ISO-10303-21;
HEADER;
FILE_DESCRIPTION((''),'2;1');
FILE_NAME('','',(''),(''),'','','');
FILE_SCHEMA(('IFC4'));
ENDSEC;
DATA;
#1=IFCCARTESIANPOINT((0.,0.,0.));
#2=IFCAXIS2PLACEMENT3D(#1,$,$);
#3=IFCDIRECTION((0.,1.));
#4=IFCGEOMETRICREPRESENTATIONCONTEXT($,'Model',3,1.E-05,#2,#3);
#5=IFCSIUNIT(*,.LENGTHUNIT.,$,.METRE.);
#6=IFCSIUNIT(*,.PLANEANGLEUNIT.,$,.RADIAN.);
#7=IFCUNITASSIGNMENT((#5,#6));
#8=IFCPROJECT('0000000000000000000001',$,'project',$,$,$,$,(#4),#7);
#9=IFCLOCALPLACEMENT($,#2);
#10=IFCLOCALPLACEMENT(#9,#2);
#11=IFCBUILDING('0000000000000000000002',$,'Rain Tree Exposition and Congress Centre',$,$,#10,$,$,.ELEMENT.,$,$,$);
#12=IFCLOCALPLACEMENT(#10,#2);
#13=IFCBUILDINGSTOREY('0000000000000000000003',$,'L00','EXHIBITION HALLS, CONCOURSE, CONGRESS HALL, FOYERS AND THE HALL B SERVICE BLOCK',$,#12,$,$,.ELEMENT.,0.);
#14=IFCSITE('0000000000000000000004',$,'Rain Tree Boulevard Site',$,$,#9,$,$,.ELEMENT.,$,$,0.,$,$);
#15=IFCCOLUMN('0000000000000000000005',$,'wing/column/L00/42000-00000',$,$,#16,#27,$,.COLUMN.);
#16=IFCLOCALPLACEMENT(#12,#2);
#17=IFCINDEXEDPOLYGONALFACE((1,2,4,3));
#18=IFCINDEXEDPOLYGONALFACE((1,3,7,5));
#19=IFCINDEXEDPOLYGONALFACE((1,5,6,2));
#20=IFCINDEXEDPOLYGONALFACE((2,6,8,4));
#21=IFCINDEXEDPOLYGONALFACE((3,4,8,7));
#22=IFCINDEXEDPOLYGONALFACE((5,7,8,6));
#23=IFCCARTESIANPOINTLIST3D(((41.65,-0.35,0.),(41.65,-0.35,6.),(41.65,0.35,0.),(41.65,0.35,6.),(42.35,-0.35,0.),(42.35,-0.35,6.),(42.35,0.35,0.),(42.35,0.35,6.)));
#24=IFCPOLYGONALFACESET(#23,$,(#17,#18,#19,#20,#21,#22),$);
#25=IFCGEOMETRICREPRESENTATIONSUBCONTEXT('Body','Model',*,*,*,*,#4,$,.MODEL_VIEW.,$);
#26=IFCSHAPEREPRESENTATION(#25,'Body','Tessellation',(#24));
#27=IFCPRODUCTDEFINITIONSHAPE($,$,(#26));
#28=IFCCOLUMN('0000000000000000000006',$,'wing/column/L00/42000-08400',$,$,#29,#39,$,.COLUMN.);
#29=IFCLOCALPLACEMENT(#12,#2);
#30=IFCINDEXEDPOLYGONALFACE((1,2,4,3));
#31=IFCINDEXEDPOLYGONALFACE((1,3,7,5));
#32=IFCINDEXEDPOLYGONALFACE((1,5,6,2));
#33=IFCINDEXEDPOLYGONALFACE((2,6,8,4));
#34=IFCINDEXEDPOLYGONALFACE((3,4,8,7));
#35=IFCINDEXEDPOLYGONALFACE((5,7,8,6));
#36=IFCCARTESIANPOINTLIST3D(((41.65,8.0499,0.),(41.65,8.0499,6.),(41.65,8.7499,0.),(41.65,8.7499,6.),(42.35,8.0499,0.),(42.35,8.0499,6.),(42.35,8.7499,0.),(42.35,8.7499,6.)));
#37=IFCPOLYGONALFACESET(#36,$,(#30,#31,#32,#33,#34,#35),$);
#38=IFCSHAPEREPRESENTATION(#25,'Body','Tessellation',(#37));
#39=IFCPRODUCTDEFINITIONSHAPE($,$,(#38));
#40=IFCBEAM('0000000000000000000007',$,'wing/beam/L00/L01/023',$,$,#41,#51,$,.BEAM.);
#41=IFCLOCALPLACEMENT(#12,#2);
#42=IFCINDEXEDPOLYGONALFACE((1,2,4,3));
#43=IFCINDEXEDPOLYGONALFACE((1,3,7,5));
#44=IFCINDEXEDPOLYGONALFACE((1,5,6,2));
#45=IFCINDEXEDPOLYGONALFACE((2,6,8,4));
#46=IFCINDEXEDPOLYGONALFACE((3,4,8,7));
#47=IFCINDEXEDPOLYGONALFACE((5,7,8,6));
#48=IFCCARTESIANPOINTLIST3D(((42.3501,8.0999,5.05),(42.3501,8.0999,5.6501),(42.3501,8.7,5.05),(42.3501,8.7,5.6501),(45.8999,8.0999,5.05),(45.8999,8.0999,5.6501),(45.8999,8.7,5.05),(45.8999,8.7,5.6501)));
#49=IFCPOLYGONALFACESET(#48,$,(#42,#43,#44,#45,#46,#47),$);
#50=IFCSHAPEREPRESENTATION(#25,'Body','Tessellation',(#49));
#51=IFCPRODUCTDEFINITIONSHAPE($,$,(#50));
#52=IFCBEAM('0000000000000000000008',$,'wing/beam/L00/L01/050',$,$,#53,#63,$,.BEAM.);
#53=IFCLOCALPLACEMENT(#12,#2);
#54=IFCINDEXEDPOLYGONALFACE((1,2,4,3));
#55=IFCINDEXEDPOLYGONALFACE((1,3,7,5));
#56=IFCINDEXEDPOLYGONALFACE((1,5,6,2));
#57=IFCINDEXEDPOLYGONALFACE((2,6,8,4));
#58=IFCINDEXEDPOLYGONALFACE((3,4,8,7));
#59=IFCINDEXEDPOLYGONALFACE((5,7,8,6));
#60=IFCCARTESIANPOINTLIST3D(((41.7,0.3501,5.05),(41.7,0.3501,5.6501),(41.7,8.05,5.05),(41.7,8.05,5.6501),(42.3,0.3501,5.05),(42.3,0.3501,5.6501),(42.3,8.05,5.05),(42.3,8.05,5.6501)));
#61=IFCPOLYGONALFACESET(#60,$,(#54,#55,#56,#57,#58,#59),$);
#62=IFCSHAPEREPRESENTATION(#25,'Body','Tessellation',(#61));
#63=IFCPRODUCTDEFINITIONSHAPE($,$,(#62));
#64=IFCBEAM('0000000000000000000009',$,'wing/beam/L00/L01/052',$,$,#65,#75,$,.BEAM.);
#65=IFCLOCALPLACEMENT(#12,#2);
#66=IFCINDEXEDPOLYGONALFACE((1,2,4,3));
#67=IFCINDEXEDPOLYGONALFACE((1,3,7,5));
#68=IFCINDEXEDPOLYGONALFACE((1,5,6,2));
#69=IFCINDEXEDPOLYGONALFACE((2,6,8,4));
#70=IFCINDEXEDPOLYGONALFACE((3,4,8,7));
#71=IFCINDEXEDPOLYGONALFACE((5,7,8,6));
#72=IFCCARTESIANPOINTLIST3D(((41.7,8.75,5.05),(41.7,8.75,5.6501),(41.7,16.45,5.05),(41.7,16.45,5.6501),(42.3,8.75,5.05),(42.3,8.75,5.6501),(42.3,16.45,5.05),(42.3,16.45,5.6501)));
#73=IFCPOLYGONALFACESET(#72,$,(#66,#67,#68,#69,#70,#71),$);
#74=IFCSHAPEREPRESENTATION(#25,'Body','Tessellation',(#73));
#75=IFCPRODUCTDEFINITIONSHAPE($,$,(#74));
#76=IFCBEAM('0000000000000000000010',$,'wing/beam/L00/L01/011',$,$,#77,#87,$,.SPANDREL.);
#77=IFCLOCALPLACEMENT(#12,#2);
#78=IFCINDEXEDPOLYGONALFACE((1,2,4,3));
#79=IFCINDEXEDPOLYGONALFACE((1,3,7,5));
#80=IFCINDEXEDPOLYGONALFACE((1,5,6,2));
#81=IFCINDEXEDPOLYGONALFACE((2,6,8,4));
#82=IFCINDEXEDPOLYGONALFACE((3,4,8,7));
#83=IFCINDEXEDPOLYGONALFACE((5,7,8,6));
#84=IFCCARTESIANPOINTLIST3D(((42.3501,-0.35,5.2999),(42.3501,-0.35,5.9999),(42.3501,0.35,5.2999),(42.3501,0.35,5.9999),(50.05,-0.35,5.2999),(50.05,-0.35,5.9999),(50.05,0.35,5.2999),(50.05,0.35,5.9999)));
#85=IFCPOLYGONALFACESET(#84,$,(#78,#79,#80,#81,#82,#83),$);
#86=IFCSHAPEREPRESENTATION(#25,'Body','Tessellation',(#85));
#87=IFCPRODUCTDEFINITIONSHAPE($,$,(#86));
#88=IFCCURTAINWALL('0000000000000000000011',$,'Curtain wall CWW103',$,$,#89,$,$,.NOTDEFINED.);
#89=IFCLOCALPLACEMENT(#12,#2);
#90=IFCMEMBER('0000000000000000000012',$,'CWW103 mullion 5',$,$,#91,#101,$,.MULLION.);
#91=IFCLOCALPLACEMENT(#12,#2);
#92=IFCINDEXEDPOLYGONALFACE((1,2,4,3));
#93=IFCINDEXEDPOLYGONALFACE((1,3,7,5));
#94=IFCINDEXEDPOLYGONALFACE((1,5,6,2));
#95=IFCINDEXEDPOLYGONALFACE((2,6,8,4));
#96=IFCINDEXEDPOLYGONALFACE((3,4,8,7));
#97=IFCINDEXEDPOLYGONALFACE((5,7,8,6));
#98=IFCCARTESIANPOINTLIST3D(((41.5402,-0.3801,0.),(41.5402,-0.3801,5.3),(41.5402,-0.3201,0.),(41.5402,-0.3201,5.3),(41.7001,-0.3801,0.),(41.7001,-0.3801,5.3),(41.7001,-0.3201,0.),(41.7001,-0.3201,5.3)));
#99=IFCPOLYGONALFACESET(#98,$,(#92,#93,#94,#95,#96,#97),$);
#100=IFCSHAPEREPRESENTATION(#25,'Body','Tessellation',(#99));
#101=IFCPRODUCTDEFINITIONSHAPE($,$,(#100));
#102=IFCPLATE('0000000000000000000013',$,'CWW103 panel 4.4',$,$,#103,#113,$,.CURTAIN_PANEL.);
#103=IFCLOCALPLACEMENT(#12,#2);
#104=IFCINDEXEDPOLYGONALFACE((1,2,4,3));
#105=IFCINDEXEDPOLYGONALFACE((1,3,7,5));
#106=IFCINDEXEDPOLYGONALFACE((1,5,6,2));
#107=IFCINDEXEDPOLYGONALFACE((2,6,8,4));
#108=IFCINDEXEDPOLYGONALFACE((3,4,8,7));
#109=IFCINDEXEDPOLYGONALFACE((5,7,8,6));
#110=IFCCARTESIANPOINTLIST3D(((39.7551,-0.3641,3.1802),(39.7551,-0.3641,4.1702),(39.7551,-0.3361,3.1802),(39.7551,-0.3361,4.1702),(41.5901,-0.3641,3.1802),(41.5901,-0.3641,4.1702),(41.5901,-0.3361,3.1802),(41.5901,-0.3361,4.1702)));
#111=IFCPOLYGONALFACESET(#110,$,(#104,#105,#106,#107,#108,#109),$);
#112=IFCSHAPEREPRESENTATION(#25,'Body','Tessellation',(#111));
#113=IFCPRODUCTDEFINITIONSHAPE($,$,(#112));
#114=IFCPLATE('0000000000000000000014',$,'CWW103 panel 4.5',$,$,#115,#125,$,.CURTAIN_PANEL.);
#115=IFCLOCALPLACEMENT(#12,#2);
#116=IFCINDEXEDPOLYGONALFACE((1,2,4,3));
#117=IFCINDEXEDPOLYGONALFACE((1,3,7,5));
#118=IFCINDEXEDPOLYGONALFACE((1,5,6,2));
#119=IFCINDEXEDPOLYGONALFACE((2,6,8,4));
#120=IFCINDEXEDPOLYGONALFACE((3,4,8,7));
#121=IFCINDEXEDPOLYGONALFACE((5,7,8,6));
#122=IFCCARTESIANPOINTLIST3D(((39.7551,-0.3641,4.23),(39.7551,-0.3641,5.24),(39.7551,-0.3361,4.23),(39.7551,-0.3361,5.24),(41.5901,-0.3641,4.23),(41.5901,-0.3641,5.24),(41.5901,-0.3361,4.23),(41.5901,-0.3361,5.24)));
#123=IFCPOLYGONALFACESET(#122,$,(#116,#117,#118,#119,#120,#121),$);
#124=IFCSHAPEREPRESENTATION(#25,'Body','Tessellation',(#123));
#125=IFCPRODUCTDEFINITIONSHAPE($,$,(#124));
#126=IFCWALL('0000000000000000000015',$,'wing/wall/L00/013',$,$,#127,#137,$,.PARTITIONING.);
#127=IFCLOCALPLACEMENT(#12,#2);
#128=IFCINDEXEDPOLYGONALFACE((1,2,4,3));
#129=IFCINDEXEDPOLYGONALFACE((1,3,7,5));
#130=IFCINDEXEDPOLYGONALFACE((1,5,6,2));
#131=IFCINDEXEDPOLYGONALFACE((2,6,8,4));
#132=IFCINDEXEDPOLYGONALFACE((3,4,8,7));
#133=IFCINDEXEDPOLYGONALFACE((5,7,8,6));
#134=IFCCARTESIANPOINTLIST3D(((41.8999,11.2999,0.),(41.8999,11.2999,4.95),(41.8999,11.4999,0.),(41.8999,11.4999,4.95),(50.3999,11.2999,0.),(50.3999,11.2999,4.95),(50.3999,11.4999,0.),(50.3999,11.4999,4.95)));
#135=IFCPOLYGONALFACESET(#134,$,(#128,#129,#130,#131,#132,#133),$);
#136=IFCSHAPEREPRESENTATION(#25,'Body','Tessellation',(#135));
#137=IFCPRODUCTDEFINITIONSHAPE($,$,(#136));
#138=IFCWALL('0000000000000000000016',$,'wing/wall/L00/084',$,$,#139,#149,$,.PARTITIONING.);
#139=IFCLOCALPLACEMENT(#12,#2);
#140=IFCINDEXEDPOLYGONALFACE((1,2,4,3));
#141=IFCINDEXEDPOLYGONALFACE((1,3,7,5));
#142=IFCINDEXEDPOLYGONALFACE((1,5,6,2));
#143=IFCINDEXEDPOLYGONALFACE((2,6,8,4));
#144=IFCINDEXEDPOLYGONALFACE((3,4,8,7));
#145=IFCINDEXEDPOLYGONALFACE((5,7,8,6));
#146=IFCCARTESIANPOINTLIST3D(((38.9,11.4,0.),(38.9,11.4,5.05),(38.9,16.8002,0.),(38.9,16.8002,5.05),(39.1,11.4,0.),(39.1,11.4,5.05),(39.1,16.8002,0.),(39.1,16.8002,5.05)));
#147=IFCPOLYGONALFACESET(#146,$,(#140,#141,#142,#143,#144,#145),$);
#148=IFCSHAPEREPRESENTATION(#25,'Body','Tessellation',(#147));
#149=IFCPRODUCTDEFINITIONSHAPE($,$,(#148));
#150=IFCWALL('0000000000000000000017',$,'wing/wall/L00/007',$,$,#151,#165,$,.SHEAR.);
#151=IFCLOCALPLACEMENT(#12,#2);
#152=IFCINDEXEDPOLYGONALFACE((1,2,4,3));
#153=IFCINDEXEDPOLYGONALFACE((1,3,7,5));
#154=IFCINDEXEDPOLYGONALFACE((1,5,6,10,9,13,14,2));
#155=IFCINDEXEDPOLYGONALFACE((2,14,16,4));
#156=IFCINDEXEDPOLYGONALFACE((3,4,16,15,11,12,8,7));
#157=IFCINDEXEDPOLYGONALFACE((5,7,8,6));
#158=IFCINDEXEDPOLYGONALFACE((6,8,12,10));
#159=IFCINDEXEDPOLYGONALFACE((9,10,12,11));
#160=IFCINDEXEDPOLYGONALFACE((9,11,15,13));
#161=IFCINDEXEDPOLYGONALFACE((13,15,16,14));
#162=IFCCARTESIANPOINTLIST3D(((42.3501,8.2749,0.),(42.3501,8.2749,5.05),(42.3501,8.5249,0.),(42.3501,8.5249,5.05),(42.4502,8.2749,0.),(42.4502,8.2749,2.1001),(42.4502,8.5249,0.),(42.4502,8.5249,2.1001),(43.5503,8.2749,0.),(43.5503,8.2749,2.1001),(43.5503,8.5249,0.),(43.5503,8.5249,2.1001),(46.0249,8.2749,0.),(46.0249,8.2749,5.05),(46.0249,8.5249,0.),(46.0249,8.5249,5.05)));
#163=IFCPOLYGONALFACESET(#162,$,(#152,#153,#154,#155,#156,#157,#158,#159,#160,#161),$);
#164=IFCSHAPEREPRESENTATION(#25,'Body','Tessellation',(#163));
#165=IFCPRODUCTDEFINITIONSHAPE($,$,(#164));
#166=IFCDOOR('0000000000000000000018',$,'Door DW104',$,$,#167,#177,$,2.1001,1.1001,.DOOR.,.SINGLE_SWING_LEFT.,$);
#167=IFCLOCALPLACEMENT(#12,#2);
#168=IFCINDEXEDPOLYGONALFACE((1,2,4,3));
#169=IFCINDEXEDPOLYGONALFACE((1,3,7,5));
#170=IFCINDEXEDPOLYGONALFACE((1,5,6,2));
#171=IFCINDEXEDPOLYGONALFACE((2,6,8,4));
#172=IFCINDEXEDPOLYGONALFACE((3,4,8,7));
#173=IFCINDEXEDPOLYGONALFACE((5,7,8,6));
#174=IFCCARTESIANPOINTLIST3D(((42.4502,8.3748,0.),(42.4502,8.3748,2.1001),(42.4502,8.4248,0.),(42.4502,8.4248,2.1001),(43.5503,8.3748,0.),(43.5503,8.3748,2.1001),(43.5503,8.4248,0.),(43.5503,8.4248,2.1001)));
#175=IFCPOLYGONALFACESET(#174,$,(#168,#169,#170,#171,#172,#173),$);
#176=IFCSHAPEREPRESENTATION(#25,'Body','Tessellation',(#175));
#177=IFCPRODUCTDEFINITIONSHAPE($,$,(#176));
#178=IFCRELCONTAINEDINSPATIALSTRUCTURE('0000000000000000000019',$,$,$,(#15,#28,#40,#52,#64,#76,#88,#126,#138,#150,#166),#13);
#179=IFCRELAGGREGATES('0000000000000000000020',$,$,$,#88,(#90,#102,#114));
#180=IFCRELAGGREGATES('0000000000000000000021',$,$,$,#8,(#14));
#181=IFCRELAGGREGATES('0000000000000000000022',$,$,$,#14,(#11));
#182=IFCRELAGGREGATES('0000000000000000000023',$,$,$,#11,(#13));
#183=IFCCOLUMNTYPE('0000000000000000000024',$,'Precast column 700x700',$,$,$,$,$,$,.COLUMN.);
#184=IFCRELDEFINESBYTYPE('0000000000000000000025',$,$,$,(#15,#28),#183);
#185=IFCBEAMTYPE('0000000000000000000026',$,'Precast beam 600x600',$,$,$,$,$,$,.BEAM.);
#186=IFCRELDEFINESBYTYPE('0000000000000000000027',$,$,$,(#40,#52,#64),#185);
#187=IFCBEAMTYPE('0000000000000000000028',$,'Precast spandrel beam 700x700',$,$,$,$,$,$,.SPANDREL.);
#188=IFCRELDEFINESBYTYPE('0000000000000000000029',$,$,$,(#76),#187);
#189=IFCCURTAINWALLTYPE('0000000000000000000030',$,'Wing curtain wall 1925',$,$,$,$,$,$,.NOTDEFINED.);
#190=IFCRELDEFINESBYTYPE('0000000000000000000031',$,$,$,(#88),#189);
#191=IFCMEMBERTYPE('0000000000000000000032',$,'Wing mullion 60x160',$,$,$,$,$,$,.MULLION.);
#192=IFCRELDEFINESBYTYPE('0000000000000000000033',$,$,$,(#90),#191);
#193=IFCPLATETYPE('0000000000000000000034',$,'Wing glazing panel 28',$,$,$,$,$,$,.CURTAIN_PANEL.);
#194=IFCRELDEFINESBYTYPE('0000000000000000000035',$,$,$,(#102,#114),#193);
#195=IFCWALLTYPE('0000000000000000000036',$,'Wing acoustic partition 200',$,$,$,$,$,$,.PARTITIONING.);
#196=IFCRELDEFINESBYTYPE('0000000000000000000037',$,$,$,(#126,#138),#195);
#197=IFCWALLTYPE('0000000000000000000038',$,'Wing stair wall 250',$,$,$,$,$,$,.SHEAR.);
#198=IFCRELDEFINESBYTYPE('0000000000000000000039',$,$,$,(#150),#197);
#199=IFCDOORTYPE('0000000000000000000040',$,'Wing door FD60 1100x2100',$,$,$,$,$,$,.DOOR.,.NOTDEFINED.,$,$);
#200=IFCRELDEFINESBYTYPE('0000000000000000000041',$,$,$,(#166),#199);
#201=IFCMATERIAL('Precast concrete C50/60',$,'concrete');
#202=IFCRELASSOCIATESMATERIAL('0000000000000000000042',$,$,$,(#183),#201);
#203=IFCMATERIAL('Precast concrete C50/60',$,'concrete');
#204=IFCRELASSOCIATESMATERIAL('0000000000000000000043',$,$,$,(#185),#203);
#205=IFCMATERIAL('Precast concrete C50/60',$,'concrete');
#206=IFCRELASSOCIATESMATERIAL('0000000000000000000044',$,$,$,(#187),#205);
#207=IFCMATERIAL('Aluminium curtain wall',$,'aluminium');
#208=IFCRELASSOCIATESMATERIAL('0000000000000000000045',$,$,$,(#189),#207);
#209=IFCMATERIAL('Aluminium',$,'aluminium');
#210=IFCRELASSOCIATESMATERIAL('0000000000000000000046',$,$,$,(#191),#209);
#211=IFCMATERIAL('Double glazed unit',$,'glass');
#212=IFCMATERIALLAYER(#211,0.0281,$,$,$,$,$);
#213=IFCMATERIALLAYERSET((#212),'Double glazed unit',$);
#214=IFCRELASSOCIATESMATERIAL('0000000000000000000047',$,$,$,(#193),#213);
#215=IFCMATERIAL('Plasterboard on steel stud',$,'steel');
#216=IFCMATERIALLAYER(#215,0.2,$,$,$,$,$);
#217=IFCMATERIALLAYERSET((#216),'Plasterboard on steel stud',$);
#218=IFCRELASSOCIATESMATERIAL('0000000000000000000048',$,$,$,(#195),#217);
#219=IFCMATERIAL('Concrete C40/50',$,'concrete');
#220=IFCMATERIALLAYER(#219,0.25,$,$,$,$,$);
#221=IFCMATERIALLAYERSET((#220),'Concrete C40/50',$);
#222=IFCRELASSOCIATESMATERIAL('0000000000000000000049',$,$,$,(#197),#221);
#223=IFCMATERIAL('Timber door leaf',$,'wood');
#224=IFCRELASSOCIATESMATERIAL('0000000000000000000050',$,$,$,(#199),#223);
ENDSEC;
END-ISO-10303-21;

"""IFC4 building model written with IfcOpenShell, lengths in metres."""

from ifc_helpers import new_model, si_unit, direction, frame, frame_2d, origin, origin_2d, place, context, subcontext, project, spatial, rectangle, extrude, material, layer, layer_set, material_profile, profile_set, type_object, element, fill, aggregate, save


model = new_model("IFC4")

# Units and contexts
model_context = context("Model", 3, precision=1e-05, world=origin(), true_north=direction((0.0, 1.0)))
body_context = subcontext(model_context, "Body", "Model", "MODEL_VIEW")
ifc_project = project(units=[si_unit("LENGTHUNIT", "METRE"), si_unit("PLANEANGLEUNIT", "RADIAN")], contexts=[model_context])

# Site, building, storey
site_placement = place(None, origin())
site = spatial("IfcSite", under=ifc_project, at=site_placement, Name="Rain Tree Boulevard Site", CompositionType="ELEMENT", RefElevation=0.0)
building_placement = place(site_placement, origin())
building = spatial("IfcBuilding", under=site, at=building_placement, Name="Rain Tree Exposition and Congress Centre", CompositionType="ELEMENT")
storey_placement = place(building_placement, origin())
storey = spatial("IfcBuildingStorey", under=building, at=storey_placement, Name="L00", Description="EXHIBITION HALLS, CONCOURSE, CONGRESS HALL, FOYERS AND THE HALL B SERVICE BLOCK", CompositionType="ELEMENT", Elevation=0.0)

# Columns
ifc_material_1 = material(Name="Precast concrete C50/60", Category="concrete")
ifc_material_profile_1 = material_profile(ifc_material_1, rectangle(XDim=0.7, YDim=0.7, at=origin_2d()), Name="RC 700x700")
ifc_profile_set_1 = profile_set([ifc_material_profile_1], Name="Precast concrete C50/60")
column_type = type_object("IfcColumnType", Name="Precast column 700x700", PredefinedType="COLUMN", material=ifc_profile_set_1)
for number, where, z_axis, x_axis, name in (
    (1, (42.0, 0.0, 0.0), (0.0, 0.0, 1.0), (1.0, 0.0, 0.0), "wing/column/L00/42000-00000"),
    (2, (42.0, 8.3999, 0.0), (0.0, 0.0, 1.0), (1.0, 0.0, 0.0), "wing/column/L00/42000-08400"),
):
    element("IfcColumn", number, at=place(storey_placement, frame(where, z_axis=z_axis, x_axis=x_axis)), inside=storey, type_object=column_type, Name=name, PredefinedType="COLUMN", context=body_context, shape_type="SweptSolid", body=[
        extrude(rectangle(XDim=0.7, YDim=0.7, at=origin_2d()), origin(), (0.0, 0.0, 1.0), 6.0),
    ])

# Beams
ifc_material_2 = material(Name="Precast concrete C50/60", Category="concrete")
ifc_material_profile_2 = material_profile(ifc_material_2, rectangle(XDim=0.6001, YDim=0.6001, at=origin_2d()), Name="RC 600x600")
ifc_profile_set_2 = profile_set([ifc_material_profile_2], Name="Precast concrete C50/60")
beam_type_1 = type_object("IfcBeamType", Name="Precast beam 600x600", PredefinedType="BEAM", material=ifc_profile_set_2)
beam_1_placement = place(storey_placement, frame((42.3501, 8.3999, 5.3501), z_axis=(1.0, 0.0, 0.0), x_axis=(0.0, 1.0, 0.0)))
element("IfcBeam", 3, at=beam_1_placement, inside=storey, type_object=beam_type_1, Name="wing/beam/L00/L01/023", PredefinedType="BEAM", context=body_context, shape_type="SweptSolid", body=[
    extrude(rectangle(XDim=0.6001, YDim=0.6001, at=origin_2d()), origin(), (0.0, 0.0, 1.0), 3.5498),
])
for number, where, z_axis, x_axis, name in (
    (4, (42.0, 0.3501, 5.3501), (0.0, 1.0, 0.0), (-1.0, 0.0, 0.0), "wing/beam/L00/L01/050"),
    (5, (42.0, 8.75, 5.3501), (0.0, 1.0, 0.0), (-1.0, 0.0, 0.0), "wing/beam/L00/L01/052"),
):
    element("IfcBeam", number, at=place(storey_placement, frame(where, z_axis=z_axis, x_axis=x_axis)), inside=storey, type_object=beam_type_1, Name=name, PredefinedType="BEAM", context=body_context, shape_type="SweptSolid", body=[
        extrude(rectangle(XDim=0.6001, YDim=0.6001, at=origin_2d()), origin(), (0.0, 0.0, 1.0), 7.7),
    ])
ifc_material_3 = material(Name="Precast concrete C50/60", Category="concrete")
ifc_material_profile_3 = material_profile(ifc_material_3, rectangle(XDim=0.7, YDim=0.7, at=origin_2d()), Name="RC 700x700")
ifc_profile_set_3 = profile_set([ifc_material_profile_3], Name="Precast concrete C50/60")
beam_type_2 = type_object("IfcBeamType", Name="Precast spandrel beam 700x700", PredefinedType="SPANDREL", material=ifc_profile_set_3)
beam_2_placement = place(storey_placement, frame((42.3501, 0.0, 5.6499), z_axis=(1.0, 0.0, 0.0), x_axis=(0.0, 1.0, 0.0)))
element("IfcBeam", 6, at=beam_2_placement, inside=storey, type_object=beam_type_2, Name="wing/beam/L00/L01/011", PredefinedType="SPANDREL", context=body_context, shape_type="SweptSolid", body=[
    extrude(rectangle(XDim=0.7, YDim=0.7, at=origin_2d()), origin(), (0.0, 0.0, 1.0), 7.7),
])

# Curtain wall, member, plates
ifc_material_4 = material(Name="Aluminium curtain wall", Category="aluminium")
curtain_wall_type = type_object("IfcCurtainWallType", Name="Wing curtain wall 1925", PredefinedType="NOTDEFINED", material=ifc_material_4)
curtain_wall_placement = place(storey_placement, origin())
curtain_wall = element("IfcCurtainWall", 7, at=curtain_wall_placement, inside=storey, type_object=curtain_wall_type, Name="Curtain wall CWW103", PredefinedType="NOTDEFINED")
ifc_material_5 = material(Name="Aluminium", Category="aluminium")
ifc_material_profile_4 = material_profile(ifc_material_5, rectangle(XDim=0.0601, YDim=0.1599, at=origin_2d()), Name="Aluminium 60x160")
ifc_profile_set_4 = profile_set([ifc_material_profile_4], Name="Aluminium")
member_type = type_object("IfcMemberType", Name="Wing mullion 60x160", PredefinedType="MULLION", material=ifc_profile_set_4)
member_placement = place(storey_placement, frame((41.6201, -0.3501, 0.0), z_axis=(0.0, 0.0, 1.0), x_axis=(0.0, 1.0, 0.0)))
member = element("IfcMember", 8, at=member_placement, type_object=member_type, Name="CWW103 mullion 5", PredefinedType="MULLION", context=body_context, shape_type="SweptSolid", body=[
    extrude(rectangle(XDim=0.0601, YDim=0.1599, at=origin_2d()), origin(), (0.0, 0.0, 1.0), 5.3),
])
ifc_material_6 = material(Name="Double glazed unit", Category="glass")
ifc_layer_1 = layer(ifc_material_6, 0.0281)
ifc_layer_set_1 = layer_set([ifc_layer_1], Name="Double glazed unit")
plate_type = type_object("IfcPlateType", Name="Wing glazing panel 28", PredefinedType="CURTAIN_PANEL", material=ifc_layer_set_1)
plate_1_placement = place(storey_placement, frame((40.6726, -0.3501, 3.1802), z_axis=(0.0, 0.0, 1.0), x_axis=(1.0, 0.0, 0.0)))
plate_1 = element("IfcPlate", 9, at=plate_1_placement, type_object=plate_type, Name="CWW103 panel 4.4", PredefinedType="CURTAIN_PANEL", context=body_context, shape_type="SweptSolid", body=[
    extrude(rectangle(XDim=1.835, YDim=0.0281, at=origin_2d()), origin(), (0.0, 0.0, 1.0), 0.99),
])
plate_2_placement = place(storey_placement, frame((40.6726, -0.3501, 4.23), z_axis=(0.0, 0.0, 1.0), x_axis=(1.0, 0.0, 0.0)))
plate_2 = element("IfcPlate", 10, at=plate_2_placement, type_object=plate_type, Name="CWW103 panel 4.5", PredefinedType="CURTAIN_PANEL", context=body_context, shape_type="SweptSolid", body=[
    extrude(rectangle(XDim=1.835, YDim=0.0281, at=origin_2d()), origin(), (0.0, 0.0, 1.0), 1.01),
])
aggregate(curtain_wall, [member, plate_1, plate_2])

# Walls
ifc_material_7 = material(Name="Plasterboard on steel stud", Category="steel")
ifc_layer_2 = layer(ifc_material_7, 0.2)
ifc_layer_set_2 = layer_set([ifc_layer_2], Name="Plasterboard on steel stud")
wall_type_1 = type_object("IfcWallType", Name="Wing acoustic partition 200", PredefinedType="PARTITIONING", material=ifc_layer_set_2)
wall_1_placement = place(storey_placement, frame((41.8999, 11.3999, 0.0), z_axis=(0.0, 0.0, 1.0), x_axis=(1.0, 0.0, 0.0)))
element("IfcWall", 11, at=wall_1_placement, inside=storey, type_object=wall_type_1, Name="wing/wall/L00/013", PredefinedType="PARTITIONING", context=body_context, shape_type="SweptSolid", body=[
    extrude(rectangle(XDim=8.5, YDim=0.2, at=frame_2d((4.25, 0.0))), origin(), (0.0, 0.0, 1.0), 4.95),
])
wall_2_placement = place(storey_placement, frame((39.0, 11.3999, 0.0), z_axis=(0.0, 0.0, 1.0), x_axis=(0.0, 1.0, 0.0)))
element("IfcWall", 12, at=wall_2_placement, inside=storey, type_object=wall_type_1, Name="wing/wall/L00/084", PredefinedType="PARTITIONING", context=body_context, shape_type="SweptSolid", body=[
    extrude(rectangle(XDim=5.4001, YDim=0.2, at=frame_2d((2.7002, 0.0))), origin(), (0.0, 0.0, 1.0), 5.05),
])

# Wall, opening, door
ifc_material_8 = material(Name="Concrete C40/50", Category="concrete")
ifc_layer_3 = layer(ifc_material_8, 0.25)
ifc_layer_set_3 = layer_set([ifc_layer_3], Name="Concrete C40/50")
wall_type_2 = type_object("IfcWallType", Name="Wing stair wall 250", PredefinedType="SHEAR", material=ifc_layer_set_3)
wall_3_placement = place(storey_placement, frame((42.3501, 8.3999, 0.0), z_axis=(0.0, 0.0, 1.0), x_axis=(1.0, 0.0, 0.0)))
wall_3 = element("IfcWall", 13, at=wall_3_placement, inside=storey, type_object=wall_type_2, Name="wing/wall/L00/007", PredefinedType="SHEAR", context=body_context, shape_type="SweptSolid", body=[
    extrude(rectangle(XDim=3.6748, YDim=0.25, at=frame_2d((1.8374, 0.0))), origin(), (0.0, 0.0, 1.0), 5.05),
])
opening_1_placement = place(wall_3_placement, frame((0.1001, 0.0, 0.0)))
opening_1 = element("IfcOpeningElement", 14, at=opening_1_placement, cuts=wall_3, PredefinedType="OPENING", context=body_context, shape_type="SweptSolid", body=[
    extrude(rectangle(XDim=1.1001, YDim=2.1001, at=frame_2d((0.55, 1.05))), frame((0.0, 0.125, 0.0), z_axis=(0.0, -1.0, 0.0), x_axis=(1.0, 0.0, 0.0)), (0.0, 0.0, 1.0), 0.25),
])
ifc_material_9 = material(Name="Timber door leaf", Category="wood")
door_type = type_object("IfcDoorType", Name="Wing door FD60 1100x2100", OperationType="NOTDEFINED", PredefinedType="DOOR", material=ifc_material_9)
door_1_placement = place(opening_1_placement, origin())
door_1 = element("IfcDoor", 15, at=door_1_placement, inside=storey, type_object=door_type, Name="Door DW104", OperationType="SINGLE_SWING_LEFT", OverallHeight=2.1001, OverallWidth=1.1001, PredefinedType="DOOR", context=body_context, shape_type="SweptSolid", body=[
    extrude(rectangle(XDim=1.1001, YDim=2.1001, at=frame_2d((0.55, 1.05))), frame((0.0, 0.0249, 0.0), z_axis=(0.0, -1.0, 0.0), x_axis=(1.0, 0.0, 0.0)), (0.0, 0.0, 1.0), 0.05),
])
fill(opening_1, door_1)

save(model, "model.ifc")
